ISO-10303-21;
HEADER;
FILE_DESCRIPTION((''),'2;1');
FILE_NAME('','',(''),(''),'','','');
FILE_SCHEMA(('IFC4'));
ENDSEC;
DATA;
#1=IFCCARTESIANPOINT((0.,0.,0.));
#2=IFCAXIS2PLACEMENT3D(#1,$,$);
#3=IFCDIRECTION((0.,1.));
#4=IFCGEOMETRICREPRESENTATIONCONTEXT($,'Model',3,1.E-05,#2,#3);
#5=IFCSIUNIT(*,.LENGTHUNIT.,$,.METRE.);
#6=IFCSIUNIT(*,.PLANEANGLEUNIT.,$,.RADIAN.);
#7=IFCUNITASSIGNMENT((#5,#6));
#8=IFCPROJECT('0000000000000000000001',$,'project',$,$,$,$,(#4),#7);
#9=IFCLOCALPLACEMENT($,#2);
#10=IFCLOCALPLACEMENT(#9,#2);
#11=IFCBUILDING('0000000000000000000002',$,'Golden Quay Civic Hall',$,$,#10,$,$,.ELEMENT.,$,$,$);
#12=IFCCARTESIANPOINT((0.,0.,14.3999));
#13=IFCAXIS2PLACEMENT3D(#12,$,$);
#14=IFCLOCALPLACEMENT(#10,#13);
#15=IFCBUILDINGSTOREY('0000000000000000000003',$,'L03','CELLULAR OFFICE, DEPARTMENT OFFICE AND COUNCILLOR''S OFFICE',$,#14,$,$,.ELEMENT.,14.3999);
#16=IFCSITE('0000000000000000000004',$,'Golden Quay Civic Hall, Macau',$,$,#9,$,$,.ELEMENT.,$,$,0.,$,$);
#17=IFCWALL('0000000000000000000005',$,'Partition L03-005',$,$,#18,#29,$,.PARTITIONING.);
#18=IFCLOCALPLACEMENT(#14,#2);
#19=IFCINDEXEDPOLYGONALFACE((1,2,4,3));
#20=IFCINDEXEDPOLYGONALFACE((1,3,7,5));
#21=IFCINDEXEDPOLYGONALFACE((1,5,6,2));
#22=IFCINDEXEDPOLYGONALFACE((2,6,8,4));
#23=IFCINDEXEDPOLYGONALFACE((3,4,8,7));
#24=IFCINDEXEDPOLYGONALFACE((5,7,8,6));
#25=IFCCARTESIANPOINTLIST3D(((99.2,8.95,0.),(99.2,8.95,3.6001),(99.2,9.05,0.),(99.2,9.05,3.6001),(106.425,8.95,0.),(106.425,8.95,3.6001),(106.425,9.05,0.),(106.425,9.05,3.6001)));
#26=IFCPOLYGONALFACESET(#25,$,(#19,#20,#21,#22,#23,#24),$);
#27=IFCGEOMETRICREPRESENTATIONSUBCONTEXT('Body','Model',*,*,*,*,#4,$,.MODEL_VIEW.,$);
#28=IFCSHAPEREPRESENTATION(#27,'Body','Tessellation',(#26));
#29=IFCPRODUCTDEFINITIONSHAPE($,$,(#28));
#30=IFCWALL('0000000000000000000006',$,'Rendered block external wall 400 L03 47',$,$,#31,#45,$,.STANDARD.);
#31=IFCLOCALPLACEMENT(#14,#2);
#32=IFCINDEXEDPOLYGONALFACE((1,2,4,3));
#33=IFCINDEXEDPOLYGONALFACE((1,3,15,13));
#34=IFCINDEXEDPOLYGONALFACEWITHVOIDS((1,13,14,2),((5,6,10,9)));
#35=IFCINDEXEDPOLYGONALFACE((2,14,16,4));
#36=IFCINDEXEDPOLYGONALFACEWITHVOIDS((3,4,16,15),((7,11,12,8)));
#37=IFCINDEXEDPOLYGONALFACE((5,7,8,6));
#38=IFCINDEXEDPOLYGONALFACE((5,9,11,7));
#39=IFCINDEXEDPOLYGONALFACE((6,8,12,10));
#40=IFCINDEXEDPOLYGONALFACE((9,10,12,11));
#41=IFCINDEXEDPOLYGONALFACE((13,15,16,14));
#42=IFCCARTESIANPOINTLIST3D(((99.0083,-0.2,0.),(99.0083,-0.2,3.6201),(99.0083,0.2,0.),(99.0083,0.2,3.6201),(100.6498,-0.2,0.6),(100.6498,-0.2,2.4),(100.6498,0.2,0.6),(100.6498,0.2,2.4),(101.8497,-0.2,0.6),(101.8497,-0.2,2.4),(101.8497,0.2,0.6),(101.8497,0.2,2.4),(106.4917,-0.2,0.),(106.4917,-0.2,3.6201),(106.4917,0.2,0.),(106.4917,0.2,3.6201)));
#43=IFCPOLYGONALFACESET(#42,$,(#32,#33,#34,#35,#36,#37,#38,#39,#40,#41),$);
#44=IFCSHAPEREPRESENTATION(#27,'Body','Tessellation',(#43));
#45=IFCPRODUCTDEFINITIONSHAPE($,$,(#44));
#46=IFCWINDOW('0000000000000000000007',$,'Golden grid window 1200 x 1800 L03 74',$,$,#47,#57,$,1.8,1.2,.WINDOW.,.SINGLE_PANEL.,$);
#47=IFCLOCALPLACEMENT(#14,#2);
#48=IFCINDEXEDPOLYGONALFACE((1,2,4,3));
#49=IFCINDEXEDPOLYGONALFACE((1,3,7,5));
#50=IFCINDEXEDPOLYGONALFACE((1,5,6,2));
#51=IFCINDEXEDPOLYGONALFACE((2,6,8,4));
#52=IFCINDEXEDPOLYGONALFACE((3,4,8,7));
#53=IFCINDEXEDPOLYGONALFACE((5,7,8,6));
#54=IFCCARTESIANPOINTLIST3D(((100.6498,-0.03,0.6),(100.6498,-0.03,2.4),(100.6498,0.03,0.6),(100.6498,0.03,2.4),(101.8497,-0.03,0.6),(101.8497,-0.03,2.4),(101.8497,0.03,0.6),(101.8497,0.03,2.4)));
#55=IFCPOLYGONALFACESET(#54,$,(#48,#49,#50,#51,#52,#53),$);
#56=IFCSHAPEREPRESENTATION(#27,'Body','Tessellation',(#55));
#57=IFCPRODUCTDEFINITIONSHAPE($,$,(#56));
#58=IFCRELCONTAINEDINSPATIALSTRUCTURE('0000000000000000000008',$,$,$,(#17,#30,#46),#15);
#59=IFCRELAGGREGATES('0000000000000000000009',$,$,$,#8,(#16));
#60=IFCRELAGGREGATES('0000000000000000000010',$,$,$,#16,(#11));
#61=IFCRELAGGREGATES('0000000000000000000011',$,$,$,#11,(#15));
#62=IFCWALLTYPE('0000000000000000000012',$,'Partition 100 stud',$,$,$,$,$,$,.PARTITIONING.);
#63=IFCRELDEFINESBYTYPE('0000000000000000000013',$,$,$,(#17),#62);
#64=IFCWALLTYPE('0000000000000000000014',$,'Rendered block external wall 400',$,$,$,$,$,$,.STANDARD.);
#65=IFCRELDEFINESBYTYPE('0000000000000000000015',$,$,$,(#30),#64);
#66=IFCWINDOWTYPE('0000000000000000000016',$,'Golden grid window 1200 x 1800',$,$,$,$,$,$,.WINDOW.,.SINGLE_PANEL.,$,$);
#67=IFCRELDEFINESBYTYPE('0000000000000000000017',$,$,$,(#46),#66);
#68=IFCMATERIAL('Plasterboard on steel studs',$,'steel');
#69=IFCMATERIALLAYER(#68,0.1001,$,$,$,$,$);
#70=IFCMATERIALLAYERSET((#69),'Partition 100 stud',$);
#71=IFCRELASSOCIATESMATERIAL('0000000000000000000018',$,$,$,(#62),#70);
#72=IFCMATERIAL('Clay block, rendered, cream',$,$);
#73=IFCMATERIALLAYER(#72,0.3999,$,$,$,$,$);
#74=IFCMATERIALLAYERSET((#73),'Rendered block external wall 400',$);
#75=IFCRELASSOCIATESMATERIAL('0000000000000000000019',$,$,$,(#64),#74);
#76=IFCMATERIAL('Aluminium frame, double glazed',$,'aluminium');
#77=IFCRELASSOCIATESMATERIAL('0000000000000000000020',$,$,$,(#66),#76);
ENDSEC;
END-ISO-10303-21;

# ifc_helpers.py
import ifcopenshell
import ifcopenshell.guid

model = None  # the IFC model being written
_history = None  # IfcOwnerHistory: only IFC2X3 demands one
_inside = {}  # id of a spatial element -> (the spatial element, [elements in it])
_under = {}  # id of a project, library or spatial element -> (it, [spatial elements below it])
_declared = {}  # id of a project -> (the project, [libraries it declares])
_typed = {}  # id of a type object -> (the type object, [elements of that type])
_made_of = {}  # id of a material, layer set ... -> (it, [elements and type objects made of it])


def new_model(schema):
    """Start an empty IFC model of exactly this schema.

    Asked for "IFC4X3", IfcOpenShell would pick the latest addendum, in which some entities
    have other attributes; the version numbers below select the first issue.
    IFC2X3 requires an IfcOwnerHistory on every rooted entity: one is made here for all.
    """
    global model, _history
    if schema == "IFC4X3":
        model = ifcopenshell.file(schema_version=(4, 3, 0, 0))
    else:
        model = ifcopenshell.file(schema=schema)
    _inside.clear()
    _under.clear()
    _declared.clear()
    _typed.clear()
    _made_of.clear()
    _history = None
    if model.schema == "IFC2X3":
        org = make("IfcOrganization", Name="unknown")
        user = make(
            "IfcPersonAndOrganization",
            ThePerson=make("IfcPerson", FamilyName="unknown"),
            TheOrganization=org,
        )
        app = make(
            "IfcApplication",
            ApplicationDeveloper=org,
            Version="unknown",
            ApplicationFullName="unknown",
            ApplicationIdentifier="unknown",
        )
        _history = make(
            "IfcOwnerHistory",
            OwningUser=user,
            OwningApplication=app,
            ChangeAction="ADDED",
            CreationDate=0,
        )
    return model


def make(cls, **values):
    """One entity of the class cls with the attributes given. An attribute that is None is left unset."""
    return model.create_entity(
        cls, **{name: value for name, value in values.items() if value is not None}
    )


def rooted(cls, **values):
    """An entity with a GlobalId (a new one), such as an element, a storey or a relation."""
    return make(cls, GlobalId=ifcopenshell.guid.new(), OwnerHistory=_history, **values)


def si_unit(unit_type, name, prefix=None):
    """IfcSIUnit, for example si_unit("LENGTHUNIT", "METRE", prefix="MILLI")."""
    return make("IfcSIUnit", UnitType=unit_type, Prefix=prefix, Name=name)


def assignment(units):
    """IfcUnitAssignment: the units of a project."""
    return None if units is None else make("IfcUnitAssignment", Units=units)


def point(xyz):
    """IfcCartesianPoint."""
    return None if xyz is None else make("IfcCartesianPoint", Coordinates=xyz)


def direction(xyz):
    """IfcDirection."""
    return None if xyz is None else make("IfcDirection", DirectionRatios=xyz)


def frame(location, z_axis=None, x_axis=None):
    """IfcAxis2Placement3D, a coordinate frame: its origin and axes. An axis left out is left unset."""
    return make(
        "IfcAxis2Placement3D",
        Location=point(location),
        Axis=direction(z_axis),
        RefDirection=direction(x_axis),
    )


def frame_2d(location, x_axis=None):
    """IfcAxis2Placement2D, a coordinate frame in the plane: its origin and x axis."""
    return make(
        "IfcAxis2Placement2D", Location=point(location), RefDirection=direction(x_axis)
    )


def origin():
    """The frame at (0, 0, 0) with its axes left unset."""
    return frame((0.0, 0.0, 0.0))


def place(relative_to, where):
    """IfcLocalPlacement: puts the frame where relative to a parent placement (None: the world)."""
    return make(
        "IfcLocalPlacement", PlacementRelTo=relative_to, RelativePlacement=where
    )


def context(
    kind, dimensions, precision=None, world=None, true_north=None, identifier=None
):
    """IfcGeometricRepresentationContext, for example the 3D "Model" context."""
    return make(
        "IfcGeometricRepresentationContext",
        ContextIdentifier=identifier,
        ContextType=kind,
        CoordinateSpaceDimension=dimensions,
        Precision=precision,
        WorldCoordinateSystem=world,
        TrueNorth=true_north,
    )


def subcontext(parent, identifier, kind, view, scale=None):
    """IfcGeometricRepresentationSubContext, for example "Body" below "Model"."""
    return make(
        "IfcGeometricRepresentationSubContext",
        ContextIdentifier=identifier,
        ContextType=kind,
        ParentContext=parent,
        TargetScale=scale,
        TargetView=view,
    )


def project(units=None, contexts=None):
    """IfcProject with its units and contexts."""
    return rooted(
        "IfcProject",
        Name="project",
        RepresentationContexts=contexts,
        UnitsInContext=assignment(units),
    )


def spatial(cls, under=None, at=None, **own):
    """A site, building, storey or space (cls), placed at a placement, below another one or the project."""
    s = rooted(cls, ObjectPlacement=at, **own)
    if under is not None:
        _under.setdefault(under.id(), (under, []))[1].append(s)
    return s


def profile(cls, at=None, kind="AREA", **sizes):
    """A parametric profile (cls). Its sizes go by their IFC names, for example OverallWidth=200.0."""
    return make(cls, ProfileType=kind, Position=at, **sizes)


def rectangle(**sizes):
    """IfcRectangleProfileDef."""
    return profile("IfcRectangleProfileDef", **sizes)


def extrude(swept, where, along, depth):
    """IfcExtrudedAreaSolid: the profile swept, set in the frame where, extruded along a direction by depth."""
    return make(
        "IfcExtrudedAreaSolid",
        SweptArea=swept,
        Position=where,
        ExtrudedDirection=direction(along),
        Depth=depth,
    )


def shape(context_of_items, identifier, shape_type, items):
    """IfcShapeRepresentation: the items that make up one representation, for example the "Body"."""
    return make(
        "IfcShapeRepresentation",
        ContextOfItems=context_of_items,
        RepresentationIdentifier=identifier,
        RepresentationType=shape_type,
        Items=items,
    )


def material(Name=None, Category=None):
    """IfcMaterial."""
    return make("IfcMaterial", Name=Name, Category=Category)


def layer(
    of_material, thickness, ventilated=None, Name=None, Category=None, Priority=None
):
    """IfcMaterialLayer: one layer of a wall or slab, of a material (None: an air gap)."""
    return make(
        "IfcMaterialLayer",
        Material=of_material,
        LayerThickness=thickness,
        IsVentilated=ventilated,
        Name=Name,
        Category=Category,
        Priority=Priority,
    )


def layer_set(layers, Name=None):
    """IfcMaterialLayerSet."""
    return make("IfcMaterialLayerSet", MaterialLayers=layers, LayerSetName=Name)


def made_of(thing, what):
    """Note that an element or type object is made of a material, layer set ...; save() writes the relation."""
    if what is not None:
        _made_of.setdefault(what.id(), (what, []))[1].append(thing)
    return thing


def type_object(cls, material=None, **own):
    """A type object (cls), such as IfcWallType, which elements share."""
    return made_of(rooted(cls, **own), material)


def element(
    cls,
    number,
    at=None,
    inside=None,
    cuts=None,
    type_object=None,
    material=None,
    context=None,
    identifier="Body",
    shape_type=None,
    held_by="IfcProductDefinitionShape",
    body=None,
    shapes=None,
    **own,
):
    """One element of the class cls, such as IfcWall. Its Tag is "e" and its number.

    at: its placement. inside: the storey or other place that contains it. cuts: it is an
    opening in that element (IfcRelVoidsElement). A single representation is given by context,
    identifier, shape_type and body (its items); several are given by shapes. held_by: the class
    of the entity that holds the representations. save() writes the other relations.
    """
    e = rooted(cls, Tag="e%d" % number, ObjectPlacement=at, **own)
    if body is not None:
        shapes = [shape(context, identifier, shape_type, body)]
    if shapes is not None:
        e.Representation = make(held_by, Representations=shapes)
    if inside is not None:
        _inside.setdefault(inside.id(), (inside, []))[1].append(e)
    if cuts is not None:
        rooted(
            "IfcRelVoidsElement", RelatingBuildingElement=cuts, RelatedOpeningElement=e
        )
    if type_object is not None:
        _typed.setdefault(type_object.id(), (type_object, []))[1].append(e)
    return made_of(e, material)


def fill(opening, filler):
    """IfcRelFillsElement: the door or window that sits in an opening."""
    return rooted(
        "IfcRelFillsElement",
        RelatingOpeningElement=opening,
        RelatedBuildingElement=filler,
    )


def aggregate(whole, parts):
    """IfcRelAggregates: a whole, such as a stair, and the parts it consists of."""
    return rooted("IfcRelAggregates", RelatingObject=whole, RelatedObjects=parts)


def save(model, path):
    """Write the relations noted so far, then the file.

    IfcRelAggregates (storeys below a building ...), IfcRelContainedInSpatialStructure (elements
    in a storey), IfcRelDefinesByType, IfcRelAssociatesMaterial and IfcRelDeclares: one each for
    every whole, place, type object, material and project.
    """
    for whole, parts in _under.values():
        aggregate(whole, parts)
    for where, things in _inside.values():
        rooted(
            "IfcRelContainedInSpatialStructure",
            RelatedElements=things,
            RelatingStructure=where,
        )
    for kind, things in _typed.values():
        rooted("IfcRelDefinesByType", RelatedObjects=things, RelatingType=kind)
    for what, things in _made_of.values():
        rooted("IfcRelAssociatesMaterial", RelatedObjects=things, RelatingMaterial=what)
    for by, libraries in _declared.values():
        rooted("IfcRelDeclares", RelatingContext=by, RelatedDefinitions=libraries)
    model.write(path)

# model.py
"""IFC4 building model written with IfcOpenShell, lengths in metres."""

from ifc_helpers import new_model, si_unit, direction, frame, frame_2d, origin, place, context, subcontext, project, spatial, rectangle, extrude, material, layer, layer_set, type_object, element, fill, save


model = new_model("IFC4")

# Units and contexts
model_context = context("Model", 3, precision=1e-05, world=origin(), true_north=direction((0.0, 1.0)))
body_context = subcontext(model_context, "Body", "Model", "MODEL_VIEW")
ifc_project = project(units=[si_unit("LENGTHUNIT", "METRE"), si_unit("PLANEANGLEUNIT", "RADIAN")], contexts=[model_context])

# Site, building, storey
site_placement = place(None, origin())
site = spatial("IfcSite", under=ifc_project, at=site_placement, Name="Golden Quay Civic Hall, Macau", CompositionType="ELEMENT", RefElevation=0.0)
building_placement = place(site_placement, origin())
building = spatial("IfcBuilding", under=site, at=building_placement, Name="Golden Quay Civic Hall", CompositionType="ELEMENT")
storey_placement = place(building_placement, frame((0.0, 0.0, 14.3999)))
storey = spatial("IfcBuildingStorey", under=building, at=storey_placement, Name="L03", Description="CELLULAR OFFICE, DEPARTMENT OFFICE AND COUNCILLOR'S OFFICE", CompositionType="ELEMENT", Elevation=14.3999)

# Wall
ifc_material_1 = material(Name="Plasterboard on steel studs", Category="steel")
ifc_layer_1 = layer(ifc_material_1, 0.1001)
ifc_layer_set_1 = layer_set([ifc_layer_1], Name="Partition 100 stud")
wall_type_1 = type_object("IfcWallType", Name="Partition 100 stud", PredefinedType="PARTITIONING", material=ifc_layer_set_1)
wall_1_placement = place(storey_placement, frame((99.2, 9.0, 0.0), z_axis=(0.0, 0.0, 1.0), x_axis=(1.0, 0.0, 0.0)))
element("IfcWall", 1, at=wall_1_placement, inside=storey, type_object=wall_type_1, Name="Partition L03-005", PredefinedType="PARTITIONING", context=body_context, shape_type="SweptSolid", body=[
    extrude(rectangle(XDim=7.2251, YDim=0.1001, at=frame_2d((3.6125, 0.0))), origin(), (0.0, 0.0, 1.0), 3.6001),
])

# Wall, opening, window
ifc_material_2 = material(Name="Clay block, rendered, cream")
ifc_layer_2 = layer(ifc_material_2, 0.3999)
ifc_layer_set_2 = layer_set([ifc_layer_2], Name="Rendered block external wall 400")
wall_type_2 = type_object("IfcWallType", Name="Rendered block external wall 400", PredefinedType="STANDARD", material=ifc_layer_set_2)
wall_2_placement = place(storey_placement, frame((106.4917, 0.0, 0.0), z_axis=(0.0, 0.0, 1.0), x_axis=(-1.0, 0.0, 0.0)))
wall_2 = element("IfcWall", 2, at=wall_2_placement, inside=storey, type_object=wall_type_2, Name="Rendered block external wall 400 L03 47", PredefinedType="STANDARD", context=body_context, shape_type="SweptSolid", body=[
    extrude(rectangle(XDim=7.4834, YDim=0.3999, at=frame_2d((3.7417, 0.0))), origin(), (0.0, 0.0, 1.0), 3.6201),
])
opening_1_placement = place(wall_2_placement, frame((4.6418, 0.0, 0.6001)))
opening_1 = element("IfcOpeningElement", 3, at=opening_1_placement, cuts=wall_2, PredefinedType="OPENING", context=body_context, shape_type="SweptSolid", body=[
    extrude(rectangle(XDim=1.2, YDim=1.8, at=frame_2d((0.6001, 0.8999))), frame((0.0, 0.21, 0.0), z_axis=(0.0, -1.0, 0.0), x_axis=(1.0, 0.0, 0.0)), (0.0, 0.0, 1.0), 0.4199),
])
ifc_material_3 = material(Name="Aluminium frame, double glazed", Category="aluminium")
window_type = type_object("IfcWindowType", Name="Golden grid window 1200 x 1800", PartitioningType="SINGLE_PANEL", PredefinedType="WINDOW", material=ifc_material_3)
window_placement = place(opening_1_placement, origin())
window = element("IfcWindow", 4, at=window_placement, inside=storey, type_object=window_type, Name="Golden grid window 1200 x 1800 L03 74", OverallHeight=1.8, OverallWidth=1.2, PartitioningType="SINGLE_PANEL", PredefinedType="WINDOW", context=body_context, shape_type="SweptSolid", body=[
    extrude(rectangle(XDim=1.2, YDim=1.8, at=frame_2d((0.6001, 0.8999))), frame((0.0, 0.03, 0.0), z_axis=(0.0, -1.0, 0.0), x_axis=(1.0, 0.0, 0.0)), (0.0, 0.0, 1.0), 0.0601),
])
fill(opening_1, window)

save(model, "model.ifc")
